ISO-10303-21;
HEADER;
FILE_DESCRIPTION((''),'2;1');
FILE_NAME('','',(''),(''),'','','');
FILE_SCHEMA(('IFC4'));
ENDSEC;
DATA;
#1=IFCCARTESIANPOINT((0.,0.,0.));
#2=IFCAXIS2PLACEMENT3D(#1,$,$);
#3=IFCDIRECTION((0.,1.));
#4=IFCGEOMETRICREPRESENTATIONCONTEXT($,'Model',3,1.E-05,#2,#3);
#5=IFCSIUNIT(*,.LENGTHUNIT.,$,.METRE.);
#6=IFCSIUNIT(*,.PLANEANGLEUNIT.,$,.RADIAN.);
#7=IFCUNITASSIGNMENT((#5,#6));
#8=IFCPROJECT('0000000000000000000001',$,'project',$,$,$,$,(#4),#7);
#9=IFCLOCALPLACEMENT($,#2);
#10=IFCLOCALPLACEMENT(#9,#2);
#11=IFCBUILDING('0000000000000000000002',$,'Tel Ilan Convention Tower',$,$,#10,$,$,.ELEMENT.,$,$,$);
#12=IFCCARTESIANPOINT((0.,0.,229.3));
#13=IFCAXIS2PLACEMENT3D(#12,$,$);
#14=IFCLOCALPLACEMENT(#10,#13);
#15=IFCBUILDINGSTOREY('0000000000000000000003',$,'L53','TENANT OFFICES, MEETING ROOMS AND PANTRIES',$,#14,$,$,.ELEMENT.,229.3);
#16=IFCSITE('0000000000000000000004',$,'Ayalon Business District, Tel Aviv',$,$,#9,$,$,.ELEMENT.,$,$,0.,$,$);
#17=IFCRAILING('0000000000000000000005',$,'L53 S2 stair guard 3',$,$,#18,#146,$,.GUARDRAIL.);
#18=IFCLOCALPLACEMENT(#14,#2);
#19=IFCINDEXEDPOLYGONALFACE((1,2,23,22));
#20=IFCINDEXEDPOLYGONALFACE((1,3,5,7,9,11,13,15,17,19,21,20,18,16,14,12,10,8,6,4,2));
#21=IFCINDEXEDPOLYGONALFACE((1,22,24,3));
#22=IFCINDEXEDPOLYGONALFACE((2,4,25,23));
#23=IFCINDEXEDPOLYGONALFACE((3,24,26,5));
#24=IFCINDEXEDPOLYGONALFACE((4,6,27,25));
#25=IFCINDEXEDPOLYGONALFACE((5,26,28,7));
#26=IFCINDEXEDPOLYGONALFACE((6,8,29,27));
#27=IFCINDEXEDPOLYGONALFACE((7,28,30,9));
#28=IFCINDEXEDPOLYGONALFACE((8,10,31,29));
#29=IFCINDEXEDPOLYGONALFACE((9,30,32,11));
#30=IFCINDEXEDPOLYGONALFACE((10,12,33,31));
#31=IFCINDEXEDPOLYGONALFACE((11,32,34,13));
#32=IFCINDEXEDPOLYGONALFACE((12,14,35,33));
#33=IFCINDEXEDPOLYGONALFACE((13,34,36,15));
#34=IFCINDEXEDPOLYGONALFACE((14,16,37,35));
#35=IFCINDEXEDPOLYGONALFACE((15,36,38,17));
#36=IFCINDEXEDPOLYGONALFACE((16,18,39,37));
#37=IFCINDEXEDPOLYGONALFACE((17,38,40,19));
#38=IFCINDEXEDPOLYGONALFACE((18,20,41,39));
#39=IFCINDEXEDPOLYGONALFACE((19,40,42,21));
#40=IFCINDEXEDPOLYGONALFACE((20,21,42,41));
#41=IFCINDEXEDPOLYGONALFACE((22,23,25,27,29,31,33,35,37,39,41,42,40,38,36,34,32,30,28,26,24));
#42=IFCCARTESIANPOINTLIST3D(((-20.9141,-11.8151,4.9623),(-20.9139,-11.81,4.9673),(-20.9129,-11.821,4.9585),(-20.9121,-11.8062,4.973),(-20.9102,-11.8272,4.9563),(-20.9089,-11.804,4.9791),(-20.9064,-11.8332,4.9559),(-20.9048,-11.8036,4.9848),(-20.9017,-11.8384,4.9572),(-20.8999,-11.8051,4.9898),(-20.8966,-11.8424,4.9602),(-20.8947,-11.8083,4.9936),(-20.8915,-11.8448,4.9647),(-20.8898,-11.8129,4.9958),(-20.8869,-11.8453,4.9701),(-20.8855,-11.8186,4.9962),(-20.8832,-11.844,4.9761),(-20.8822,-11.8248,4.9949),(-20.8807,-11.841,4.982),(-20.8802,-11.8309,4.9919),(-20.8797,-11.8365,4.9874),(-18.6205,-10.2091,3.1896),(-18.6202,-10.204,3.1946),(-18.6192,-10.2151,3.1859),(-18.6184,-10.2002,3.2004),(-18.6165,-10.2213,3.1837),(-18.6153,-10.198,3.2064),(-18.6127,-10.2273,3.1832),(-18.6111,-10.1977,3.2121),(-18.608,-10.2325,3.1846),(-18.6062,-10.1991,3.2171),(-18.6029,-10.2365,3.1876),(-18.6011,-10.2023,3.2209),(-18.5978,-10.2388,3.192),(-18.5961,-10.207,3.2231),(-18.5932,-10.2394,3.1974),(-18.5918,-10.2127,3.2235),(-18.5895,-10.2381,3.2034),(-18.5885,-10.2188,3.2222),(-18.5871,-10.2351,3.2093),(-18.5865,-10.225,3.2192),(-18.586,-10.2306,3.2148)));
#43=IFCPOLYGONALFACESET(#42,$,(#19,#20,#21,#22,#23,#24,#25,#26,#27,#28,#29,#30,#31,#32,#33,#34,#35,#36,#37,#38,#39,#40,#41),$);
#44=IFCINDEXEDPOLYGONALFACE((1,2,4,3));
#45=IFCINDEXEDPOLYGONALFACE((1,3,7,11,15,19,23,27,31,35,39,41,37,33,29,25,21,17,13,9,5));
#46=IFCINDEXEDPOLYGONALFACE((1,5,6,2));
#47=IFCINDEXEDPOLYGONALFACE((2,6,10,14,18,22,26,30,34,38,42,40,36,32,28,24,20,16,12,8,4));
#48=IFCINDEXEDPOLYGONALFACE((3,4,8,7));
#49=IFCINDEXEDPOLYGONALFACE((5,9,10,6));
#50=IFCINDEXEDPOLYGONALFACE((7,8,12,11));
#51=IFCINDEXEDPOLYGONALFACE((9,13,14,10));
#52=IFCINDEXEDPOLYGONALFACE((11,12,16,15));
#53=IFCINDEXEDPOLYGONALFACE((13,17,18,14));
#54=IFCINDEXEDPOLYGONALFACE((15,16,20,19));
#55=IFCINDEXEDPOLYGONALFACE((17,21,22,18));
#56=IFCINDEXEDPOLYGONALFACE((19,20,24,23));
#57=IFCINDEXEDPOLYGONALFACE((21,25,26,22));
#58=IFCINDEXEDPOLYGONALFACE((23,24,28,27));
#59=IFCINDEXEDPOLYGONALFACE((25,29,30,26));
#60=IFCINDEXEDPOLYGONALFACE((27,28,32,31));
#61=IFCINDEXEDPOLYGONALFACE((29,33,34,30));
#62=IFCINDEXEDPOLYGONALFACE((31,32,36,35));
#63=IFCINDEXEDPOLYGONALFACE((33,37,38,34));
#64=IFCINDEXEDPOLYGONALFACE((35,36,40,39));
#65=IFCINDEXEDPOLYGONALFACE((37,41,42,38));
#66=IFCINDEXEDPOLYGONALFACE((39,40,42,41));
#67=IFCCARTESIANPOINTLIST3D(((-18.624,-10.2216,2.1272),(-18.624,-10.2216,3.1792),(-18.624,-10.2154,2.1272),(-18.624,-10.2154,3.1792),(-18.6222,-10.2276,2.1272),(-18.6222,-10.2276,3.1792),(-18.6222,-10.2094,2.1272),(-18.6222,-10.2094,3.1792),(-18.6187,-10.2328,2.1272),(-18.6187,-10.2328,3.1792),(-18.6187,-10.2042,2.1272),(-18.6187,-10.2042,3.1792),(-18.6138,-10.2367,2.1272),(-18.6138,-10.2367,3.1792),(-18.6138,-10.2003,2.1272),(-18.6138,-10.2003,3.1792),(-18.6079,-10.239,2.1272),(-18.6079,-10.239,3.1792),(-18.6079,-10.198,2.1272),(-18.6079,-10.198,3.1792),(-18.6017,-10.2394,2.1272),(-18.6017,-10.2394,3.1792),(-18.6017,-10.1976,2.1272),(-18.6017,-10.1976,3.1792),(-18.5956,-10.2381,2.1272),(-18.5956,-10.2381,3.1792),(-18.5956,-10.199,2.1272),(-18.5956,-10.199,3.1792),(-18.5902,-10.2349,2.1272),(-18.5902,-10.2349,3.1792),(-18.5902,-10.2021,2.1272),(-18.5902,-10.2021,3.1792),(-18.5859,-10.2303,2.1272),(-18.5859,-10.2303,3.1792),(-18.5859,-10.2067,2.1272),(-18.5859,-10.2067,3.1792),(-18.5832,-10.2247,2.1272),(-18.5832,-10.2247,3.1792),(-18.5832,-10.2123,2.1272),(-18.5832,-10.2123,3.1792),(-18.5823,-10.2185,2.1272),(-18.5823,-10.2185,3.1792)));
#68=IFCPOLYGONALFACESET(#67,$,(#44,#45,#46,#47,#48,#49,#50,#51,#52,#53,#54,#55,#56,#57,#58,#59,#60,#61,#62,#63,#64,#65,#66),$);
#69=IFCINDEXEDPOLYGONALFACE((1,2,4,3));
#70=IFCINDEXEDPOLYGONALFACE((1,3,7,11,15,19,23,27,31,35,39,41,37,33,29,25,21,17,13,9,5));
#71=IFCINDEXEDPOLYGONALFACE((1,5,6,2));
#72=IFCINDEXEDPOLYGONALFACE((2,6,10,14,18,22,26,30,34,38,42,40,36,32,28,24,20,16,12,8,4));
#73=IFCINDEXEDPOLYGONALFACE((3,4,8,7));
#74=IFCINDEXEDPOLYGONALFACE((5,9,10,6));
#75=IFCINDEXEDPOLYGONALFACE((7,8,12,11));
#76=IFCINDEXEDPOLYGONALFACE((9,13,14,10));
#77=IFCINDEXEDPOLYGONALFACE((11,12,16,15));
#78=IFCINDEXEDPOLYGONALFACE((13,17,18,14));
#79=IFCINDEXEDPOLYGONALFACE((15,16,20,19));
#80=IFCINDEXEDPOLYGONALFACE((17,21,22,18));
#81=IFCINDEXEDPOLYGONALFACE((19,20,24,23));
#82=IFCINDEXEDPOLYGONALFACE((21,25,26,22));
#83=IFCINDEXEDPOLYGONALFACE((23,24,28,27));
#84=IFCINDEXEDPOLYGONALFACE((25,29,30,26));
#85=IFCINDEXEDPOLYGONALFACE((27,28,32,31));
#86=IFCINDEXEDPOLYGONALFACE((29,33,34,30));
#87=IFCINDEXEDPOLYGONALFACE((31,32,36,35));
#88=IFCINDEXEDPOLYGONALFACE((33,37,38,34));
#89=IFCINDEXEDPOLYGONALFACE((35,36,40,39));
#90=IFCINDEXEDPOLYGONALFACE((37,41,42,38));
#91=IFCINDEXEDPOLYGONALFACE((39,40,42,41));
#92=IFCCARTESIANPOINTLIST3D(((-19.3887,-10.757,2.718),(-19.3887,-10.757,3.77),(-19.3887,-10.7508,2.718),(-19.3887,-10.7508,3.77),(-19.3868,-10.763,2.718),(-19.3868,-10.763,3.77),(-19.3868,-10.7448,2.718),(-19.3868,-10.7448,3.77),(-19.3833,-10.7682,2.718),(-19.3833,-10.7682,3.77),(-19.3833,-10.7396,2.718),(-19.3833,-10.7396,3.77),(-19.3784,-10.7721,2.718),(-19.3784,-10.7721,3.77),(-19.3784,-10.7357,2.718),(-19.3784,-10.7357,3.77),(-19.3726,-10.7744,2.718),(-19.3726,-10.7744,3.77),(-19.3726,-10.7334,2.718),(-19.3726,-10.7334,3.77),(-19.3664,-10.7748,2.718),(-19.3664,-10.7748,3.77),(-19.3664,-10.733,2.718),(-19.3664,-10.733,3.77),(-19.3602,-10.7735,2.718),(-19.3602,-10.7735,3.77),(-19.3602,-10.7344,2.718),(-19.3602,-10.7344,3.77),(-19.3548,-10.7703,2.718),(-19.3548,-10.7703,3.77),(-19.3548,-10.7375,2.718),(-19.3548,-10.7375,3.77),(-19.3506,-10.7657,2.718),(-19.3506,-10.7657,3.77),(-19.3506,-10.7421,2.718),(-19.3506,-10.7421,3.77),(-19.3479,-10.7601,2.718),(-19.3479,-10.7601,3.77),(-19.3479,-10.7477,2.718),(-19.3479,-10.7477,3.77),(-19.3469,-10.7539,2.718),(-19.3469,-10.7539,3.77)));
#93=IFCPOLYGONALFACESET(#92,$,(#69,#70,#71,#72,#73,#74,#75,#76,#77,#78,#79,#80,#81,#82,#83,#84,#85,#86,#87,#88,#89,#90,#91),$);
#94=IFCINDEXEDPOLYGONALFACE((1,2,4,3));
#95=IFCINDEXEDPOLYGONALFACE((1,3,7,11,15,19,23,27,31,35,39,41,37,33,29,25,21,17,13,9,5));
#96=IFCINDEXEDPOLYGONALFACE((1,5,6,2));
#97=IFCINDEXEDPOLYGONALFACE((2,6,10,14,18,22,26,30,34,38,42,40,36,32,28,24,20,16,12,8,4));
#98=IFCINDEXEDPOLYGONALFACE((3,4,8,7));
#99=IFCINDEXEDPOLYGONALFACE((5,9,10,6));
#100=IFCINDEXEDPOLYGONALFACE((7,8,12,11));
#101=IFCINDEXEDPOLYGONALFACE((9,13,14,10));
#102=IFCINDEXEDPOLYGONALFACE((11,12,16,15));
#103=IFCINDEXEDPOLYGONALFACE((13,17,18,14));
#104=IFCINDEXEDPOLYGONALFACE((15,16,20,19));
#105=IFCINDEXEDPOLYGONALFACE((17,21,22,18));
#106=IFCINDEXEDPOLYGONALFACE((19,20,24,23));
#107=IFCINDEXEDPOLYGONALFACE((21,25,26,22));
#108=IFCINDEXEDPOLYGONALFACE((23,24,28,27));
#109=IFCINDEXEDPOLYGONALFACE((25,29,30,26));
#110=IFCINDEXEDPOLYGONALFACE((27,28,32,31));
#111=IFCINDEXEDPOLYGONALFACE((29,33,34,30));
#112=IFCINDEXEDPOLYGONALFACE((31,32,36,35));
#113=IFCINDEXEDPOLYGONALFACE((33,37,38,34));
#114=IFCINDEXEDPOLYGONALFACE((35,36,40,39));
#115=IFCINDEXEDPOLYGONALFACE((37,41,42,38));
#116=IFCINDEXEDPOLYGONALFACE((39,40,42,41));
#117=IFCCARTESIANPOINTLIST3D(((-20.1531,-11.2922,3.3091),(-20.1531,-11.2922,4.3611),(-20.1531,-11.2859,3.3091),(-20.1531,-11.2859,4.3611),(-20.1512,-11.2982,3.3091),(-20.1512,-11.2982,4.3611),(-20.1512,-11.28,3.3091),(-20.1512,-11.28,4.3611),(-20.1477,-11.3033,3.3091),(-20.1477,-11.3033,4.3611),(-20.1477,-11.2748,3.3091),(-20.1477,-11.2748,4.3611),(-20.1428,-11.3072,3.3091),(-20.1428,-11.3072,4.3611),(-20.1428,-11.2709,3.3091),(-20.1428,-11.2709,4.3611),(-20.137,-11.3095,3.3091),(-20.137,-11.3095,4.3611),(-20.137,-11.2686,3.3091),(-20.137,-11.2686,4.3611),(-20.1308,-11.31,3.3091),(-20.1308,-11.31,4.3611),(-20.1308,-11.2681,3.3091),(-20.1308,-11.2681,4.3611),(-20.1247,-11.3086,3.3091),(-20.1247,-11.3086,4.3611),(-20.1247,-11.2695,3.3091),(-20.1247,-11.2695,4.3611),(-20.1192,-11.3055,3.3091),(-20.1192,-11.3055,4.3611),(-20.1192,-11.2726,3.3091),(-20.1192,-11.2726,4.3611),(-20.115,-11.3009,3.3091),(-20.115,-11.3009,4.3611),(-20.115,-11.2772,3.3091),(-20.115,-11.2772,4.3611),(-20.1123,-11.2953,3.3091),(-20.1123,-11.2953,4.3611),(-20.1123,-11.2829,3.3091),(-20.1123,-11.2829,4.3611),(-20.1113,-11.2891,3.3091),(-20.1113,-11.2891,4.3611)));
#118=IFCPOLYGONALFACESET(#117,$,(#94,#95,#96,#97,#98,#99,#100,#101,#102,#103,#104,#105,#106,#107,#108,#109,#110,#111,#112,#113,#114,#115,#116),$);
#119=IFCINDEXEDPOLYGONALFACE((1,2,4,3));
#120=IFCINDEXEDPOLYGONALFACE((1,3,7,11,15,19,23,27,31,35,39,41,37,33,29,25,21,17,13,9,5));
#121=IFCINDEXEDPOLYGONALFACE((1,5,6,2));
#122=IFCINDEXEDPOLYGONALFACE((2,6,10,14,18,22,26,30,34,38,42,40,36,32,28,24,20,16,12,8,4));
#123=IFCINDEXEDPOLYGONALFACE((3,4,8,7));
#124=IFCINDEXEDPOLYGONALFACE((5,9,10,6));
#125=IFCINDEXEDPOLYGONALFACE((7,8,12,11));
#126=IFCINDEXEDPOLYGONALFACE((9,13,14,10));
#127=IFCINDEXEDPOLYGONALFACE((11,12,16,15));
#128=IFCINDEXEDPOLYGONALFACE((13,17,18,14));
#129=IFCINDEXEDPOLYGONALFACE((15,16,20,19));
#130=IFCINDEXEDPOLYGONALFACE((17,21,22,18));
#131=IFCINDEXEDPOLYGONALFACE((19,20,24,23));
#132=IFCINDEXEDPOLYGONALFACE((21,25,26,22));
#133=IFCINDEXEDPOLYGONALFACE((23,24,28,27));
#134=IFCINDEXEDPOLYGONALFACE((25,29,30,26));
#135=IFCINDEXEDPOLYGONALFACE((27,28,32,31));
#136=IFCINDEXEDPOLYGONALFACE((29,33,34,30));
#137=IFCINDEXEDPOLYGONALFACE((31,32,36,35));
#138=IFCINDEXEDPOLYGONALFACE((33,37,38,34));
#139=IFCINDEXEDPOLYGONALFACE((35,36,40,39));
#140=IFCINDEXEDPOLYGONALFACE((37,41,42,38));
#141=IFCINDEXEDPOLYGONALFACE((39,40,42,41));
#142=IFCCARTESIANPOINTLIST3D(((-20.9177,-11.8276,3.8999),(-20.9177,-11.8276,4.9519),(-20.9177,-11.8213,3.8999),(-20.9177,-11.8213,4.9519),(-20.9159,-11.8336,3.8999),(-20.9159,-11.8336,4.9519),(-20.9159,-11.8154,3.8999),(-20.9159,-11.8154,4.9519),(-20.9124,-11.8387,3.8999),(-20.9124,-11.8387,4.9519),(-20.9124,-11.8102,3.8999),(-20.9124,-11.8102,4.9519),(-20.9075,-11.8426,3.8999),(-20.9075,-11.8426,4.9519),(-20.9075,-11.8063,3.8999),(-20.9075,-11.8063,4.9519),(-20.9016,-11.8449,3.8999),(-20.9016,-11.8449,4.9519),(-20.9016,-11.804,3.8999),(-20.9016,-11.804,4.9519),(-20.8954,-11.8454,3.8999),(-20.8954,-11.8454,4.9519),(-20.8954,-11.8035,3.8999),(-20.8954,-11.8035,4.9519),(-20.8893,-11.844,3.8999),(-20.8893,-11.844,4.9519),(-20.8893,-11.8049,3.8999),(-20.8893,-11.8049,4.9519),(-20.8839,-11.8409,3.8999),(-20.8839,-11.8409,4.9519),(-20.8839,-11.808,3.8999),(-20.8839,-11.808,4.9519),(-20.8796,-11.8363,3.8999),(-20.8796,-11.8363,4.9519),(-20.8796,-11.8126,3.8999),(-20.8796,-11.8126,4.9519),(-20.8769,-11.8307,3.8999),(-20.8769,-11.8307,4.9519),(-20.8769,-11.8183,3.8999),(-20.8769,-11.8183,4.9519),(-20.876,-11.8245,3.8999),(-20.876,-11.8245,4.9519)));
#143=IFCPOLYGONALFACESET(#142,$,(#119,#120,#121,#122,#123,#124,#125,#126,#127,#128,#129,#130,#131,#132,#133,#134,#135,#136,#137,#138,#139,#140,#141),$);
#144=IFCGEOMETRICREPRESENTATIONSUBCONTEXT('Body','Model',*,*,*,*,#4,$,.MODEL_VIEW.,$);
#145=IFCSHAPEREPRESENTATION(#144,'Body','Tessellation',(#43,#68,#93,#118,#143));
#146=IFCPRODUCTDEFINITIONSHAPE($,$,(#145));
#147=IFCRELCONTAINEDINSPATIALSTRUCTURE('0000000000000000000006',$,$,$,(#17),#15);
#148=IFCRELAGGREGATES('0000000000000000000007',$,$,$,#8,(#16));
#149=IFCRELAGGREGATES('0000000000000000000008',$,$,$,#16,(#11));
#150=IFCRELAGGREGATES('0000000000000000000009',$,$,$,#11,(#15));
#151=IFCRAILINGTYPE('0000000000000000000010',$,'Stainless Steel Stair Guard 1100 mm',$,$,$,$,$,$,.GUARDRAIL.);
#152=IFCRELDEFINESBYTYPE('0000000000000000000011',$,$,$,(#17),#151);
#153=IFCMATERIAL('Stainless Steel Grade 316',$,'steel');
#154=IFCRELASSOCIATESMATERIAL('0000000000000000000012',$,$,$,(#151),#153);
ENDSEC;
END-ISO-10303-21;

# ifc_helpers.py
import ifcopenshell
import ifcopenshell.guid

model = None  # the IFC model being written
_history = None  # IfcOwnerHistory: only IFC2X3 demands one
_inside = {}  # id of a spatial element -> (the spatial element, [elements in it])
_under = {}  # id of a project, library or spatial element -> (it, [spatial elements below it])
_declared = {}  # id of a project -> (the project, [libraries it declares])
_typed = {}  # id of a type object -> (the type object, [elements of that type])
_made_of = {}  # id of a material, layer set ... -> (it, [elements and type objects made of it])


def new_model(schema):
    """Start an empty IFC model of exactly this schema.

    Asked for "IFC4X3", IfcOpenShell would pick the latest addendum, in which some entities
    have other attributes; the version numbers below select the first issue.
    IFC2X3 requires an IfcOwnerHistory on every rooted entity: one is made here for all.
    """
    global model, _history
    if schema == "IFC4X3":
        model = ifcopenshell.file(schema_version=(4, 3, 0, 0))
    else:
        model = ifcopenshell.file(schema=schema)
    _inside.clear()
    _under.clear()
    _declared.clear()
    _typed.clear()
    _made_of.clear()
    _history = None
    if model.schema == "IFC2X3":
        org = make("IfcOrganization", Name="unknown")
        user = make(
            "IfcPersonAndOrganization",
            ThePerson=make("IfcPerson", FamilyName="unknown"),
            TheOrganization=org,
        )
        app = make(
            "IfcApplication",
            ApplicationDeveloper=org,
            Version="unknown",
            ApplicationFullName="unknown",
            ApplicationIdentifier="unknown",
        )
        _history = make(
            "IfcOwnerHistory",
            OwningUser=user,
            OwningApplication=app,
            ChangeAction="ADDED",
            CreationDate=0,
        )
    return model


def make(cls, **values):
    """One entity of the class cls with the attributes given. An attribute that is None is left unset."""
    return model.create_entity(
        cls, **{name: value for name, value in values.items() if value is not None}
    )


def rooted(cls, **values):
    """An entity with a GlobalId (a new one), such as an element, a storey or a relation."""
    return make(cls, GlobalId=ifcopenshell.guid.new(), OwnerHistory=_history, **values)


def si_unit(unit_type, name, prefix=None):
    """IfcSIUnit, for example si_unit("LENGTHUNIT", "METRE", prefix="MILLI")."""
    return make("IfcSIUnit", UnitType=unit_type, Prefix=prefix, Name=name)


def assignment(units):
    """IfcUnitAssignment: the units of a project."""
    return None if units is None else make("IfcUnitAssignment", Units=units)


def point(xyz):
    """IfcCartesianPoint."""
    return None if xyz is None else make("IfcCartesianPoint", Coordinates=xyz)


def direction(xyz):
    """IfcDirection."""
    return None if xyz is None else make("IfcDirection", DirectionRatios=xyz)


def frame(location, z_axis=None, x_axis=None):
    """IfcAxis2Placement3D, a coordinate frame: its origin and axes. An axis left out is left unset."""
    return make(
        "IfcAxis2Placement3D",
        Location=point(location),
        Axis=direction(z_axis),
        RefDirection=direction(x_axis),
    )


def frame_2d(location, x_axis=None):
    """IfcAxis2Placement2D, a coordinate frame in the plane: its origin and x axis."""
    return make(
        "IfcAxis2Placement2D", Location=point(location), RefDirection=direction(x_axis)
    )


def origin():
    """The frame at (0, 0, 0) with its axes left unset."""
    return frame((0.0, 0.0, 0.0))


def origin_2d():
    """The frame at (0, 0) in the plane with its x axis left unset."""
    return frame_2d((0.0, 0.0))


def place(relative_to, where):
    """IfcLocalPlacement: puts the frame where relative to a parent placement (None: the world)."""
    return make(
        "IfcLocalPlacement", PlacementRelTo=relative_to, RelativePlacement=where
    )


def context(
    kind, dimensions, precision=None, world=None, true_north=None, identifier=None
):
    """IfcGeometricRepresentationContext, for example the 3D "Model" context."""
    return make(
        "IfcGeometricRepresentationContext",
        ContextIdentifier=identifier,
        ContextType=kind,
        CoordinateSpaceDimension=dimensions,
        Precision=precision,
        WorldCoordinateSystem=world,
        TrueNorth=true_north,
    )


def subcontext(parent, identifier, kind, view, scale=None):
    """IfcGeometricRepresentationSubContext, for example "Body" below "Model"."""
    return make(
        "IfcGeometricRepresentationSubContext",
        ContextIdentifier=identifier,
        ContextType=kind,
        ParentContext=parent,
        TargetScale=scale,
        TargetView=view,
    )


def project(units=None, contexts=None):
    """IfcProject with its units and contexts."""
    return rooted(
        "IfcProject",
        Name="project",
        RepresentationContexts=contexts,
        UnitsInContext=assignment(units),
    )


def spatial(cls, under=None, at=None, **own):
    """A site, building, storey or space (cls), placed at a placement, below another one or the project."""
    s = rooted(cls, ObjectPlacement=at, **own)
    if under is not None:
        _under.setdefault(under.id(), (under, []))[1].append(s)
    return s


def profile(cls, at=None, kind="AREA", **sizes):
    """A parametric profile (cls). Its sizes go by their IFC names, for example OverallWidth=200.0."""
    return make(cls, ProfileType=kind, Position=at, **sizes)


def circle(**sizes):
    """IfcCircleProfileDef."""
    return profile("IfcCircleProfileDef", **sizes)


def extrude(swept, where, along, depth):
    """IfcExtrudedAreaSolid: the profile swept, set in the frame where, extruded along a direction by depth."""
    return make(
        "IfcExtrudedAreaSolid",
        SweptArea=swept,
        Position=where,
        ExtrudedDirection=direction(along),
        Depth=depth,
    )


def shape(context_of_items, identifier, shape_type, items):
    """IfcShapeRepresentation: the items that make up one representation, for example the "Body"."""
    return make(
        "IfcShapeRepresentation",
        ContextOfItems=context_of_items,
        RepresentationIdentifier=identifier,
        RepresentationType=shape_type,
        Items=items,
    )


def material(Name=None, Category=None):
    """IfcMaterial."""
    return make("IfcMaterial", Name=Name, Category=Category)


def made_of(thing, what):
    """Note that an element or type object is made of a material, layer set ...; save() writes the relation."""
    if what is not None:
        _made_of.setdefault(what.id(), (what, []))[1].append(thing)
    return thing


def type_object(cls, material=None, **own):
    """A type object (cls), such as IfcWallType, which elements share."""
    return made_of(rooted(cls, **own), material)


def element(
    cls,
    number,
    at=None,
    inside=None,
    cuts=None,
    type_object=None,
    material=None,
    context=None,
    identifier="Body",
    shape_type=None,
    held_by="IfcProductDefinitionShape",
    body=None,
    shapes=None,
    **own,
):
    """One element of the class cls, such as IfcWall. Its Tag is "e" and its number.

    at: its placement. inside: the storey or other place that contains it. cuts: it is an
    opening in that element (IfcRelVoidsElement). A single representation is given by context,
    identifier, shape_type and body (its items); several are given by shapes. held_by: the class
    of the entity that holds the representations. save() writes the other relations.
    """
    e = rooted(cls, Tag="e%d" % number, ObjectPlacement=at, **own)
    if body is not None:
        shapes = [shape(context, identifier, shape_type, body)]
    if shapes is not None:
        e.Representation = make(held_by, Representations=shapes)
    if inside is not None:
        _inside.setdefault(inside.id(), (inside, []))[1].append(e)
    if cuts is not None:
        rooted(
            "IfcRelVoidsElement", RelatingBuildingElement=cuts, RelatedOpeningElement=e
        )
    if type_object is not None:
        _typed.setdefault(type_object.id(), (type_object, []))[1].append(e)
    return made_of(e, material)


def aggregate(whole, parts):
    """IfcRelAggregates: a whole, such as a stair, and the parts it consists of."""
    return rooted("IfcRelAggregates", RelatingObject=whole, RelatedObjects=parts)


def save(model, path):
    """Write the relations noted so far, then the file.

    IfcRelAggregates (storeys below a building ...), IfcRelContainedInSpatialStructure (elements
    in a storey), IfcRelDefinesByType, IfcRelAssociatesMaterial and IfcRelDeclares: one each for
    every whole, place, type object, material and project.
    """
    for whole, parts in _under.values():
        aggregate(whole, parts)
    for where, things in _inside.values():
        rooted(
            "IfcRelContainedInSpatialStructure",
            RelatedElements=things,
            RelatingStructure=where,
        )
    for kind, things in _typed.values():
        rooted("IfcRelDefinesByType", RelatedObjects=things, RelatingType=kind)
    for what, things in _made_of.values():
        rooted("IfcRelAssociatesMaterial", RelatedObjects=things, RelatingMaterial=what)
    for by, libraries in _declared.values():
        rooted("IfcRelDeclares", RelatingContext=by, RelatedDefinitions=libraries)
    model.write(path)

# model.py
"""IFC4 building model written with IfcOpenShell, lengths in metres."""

from ifc_helpers import new_model, si_unit, direction, frame, origin, origin_2d, place, context, subcontext, project, spatial, circle, extrude, material, type_object, element, save


model = new_model("IFC4")

# Units and contexts
model_context = context("Model", 3, precision=1e-05, world=origin(), true_north=direction((0.0, 1.0)))
body_context = subcontext(model_context, "Body", "Model", "MODEL_VIEW")
ifc_project = project(units=[si_unit("LENGTHUNIT", "METRE"), si_unit("PLANEANGLEUNIT", "RADIAN")], contexts=[model_context])

# Site, building, storey
site_placement = place(None, origin())
site = spatial("IfcSite", under=ifc_project, at=site_placement, Name="Ayalon Business District, Tel Aviv", CompositionType="ELEMENT", RefElevation=0.0)
building_placement = place(site_placement, origin())
building = spatial("IfcBuilding", under=site, at=building_placement, Name="Tel Ilan Convention Tower", CompositionType="ELEMENT")
storey_placement = place(building_placement, frame((0.0, 0.0, 229.3)))
storey = spatial("IfcBuildingStorey", under=building, at=storey_placement, Name="L53", Description="TENANT OFFICES, MEETING ROOMS AND PANTRIES", CompositionType="ELEMENT", Elevation=229.3)

# Railing
ifc_material_1 = material(Name="Stainless Steel Grade 316", Category="steel")
railing_type_1 = type_object("IfcRailingType", Name="Stainless Steel Stair Guard 1100 mm", PredefinedType="GUARDRAIL", material=ifc_material_1)
railing_1_placement = place(storey_placement, frame((-18.6033, -10.2185, 2.1272)))
element("IfcRailing", 1, at=railing_1_placement, inside=storey, type_object=railing_type_1, Name="L53 S2 stair guard 3", PredefinedType="GUARDRAIL", context=body_context, shape_type="SweptSolid", body=[
    extrude(circle(Radius=0.0239, at=origin_2d()), frame((0.0, 0.0, 1.0762), z_axis=(-0.692123, -0.484597, 0.534913), x_axis=(0.57355, -0.81917, 0.0)), (0.0, 0.0, 1.0), 3.314),
    extrude(circle(Radius=0.021, at=origin_2d()), origin(), (0.0, 0.0, 1.0), 1.052),
    extrude(circle(Radius=0.021, at=origin_2d()), frame((-0.7646, -0.5354, 0.5908)), (0.0, 0.0, 1.0), 1.052),
    extrude(circle(Radius=0.021, at=origin_2d()), frame((-1.5291, -1.0706, 1.1819)), (0.0, 0.0, 1.0), 1.052),
    extrude(circle(Radius=0.021, at=origin_2d()), frame((-2.2937, -1.606, 1.7727)), (0.0, 0.0, 1.0), 1.052),
])

save(model, "model.ifc")
